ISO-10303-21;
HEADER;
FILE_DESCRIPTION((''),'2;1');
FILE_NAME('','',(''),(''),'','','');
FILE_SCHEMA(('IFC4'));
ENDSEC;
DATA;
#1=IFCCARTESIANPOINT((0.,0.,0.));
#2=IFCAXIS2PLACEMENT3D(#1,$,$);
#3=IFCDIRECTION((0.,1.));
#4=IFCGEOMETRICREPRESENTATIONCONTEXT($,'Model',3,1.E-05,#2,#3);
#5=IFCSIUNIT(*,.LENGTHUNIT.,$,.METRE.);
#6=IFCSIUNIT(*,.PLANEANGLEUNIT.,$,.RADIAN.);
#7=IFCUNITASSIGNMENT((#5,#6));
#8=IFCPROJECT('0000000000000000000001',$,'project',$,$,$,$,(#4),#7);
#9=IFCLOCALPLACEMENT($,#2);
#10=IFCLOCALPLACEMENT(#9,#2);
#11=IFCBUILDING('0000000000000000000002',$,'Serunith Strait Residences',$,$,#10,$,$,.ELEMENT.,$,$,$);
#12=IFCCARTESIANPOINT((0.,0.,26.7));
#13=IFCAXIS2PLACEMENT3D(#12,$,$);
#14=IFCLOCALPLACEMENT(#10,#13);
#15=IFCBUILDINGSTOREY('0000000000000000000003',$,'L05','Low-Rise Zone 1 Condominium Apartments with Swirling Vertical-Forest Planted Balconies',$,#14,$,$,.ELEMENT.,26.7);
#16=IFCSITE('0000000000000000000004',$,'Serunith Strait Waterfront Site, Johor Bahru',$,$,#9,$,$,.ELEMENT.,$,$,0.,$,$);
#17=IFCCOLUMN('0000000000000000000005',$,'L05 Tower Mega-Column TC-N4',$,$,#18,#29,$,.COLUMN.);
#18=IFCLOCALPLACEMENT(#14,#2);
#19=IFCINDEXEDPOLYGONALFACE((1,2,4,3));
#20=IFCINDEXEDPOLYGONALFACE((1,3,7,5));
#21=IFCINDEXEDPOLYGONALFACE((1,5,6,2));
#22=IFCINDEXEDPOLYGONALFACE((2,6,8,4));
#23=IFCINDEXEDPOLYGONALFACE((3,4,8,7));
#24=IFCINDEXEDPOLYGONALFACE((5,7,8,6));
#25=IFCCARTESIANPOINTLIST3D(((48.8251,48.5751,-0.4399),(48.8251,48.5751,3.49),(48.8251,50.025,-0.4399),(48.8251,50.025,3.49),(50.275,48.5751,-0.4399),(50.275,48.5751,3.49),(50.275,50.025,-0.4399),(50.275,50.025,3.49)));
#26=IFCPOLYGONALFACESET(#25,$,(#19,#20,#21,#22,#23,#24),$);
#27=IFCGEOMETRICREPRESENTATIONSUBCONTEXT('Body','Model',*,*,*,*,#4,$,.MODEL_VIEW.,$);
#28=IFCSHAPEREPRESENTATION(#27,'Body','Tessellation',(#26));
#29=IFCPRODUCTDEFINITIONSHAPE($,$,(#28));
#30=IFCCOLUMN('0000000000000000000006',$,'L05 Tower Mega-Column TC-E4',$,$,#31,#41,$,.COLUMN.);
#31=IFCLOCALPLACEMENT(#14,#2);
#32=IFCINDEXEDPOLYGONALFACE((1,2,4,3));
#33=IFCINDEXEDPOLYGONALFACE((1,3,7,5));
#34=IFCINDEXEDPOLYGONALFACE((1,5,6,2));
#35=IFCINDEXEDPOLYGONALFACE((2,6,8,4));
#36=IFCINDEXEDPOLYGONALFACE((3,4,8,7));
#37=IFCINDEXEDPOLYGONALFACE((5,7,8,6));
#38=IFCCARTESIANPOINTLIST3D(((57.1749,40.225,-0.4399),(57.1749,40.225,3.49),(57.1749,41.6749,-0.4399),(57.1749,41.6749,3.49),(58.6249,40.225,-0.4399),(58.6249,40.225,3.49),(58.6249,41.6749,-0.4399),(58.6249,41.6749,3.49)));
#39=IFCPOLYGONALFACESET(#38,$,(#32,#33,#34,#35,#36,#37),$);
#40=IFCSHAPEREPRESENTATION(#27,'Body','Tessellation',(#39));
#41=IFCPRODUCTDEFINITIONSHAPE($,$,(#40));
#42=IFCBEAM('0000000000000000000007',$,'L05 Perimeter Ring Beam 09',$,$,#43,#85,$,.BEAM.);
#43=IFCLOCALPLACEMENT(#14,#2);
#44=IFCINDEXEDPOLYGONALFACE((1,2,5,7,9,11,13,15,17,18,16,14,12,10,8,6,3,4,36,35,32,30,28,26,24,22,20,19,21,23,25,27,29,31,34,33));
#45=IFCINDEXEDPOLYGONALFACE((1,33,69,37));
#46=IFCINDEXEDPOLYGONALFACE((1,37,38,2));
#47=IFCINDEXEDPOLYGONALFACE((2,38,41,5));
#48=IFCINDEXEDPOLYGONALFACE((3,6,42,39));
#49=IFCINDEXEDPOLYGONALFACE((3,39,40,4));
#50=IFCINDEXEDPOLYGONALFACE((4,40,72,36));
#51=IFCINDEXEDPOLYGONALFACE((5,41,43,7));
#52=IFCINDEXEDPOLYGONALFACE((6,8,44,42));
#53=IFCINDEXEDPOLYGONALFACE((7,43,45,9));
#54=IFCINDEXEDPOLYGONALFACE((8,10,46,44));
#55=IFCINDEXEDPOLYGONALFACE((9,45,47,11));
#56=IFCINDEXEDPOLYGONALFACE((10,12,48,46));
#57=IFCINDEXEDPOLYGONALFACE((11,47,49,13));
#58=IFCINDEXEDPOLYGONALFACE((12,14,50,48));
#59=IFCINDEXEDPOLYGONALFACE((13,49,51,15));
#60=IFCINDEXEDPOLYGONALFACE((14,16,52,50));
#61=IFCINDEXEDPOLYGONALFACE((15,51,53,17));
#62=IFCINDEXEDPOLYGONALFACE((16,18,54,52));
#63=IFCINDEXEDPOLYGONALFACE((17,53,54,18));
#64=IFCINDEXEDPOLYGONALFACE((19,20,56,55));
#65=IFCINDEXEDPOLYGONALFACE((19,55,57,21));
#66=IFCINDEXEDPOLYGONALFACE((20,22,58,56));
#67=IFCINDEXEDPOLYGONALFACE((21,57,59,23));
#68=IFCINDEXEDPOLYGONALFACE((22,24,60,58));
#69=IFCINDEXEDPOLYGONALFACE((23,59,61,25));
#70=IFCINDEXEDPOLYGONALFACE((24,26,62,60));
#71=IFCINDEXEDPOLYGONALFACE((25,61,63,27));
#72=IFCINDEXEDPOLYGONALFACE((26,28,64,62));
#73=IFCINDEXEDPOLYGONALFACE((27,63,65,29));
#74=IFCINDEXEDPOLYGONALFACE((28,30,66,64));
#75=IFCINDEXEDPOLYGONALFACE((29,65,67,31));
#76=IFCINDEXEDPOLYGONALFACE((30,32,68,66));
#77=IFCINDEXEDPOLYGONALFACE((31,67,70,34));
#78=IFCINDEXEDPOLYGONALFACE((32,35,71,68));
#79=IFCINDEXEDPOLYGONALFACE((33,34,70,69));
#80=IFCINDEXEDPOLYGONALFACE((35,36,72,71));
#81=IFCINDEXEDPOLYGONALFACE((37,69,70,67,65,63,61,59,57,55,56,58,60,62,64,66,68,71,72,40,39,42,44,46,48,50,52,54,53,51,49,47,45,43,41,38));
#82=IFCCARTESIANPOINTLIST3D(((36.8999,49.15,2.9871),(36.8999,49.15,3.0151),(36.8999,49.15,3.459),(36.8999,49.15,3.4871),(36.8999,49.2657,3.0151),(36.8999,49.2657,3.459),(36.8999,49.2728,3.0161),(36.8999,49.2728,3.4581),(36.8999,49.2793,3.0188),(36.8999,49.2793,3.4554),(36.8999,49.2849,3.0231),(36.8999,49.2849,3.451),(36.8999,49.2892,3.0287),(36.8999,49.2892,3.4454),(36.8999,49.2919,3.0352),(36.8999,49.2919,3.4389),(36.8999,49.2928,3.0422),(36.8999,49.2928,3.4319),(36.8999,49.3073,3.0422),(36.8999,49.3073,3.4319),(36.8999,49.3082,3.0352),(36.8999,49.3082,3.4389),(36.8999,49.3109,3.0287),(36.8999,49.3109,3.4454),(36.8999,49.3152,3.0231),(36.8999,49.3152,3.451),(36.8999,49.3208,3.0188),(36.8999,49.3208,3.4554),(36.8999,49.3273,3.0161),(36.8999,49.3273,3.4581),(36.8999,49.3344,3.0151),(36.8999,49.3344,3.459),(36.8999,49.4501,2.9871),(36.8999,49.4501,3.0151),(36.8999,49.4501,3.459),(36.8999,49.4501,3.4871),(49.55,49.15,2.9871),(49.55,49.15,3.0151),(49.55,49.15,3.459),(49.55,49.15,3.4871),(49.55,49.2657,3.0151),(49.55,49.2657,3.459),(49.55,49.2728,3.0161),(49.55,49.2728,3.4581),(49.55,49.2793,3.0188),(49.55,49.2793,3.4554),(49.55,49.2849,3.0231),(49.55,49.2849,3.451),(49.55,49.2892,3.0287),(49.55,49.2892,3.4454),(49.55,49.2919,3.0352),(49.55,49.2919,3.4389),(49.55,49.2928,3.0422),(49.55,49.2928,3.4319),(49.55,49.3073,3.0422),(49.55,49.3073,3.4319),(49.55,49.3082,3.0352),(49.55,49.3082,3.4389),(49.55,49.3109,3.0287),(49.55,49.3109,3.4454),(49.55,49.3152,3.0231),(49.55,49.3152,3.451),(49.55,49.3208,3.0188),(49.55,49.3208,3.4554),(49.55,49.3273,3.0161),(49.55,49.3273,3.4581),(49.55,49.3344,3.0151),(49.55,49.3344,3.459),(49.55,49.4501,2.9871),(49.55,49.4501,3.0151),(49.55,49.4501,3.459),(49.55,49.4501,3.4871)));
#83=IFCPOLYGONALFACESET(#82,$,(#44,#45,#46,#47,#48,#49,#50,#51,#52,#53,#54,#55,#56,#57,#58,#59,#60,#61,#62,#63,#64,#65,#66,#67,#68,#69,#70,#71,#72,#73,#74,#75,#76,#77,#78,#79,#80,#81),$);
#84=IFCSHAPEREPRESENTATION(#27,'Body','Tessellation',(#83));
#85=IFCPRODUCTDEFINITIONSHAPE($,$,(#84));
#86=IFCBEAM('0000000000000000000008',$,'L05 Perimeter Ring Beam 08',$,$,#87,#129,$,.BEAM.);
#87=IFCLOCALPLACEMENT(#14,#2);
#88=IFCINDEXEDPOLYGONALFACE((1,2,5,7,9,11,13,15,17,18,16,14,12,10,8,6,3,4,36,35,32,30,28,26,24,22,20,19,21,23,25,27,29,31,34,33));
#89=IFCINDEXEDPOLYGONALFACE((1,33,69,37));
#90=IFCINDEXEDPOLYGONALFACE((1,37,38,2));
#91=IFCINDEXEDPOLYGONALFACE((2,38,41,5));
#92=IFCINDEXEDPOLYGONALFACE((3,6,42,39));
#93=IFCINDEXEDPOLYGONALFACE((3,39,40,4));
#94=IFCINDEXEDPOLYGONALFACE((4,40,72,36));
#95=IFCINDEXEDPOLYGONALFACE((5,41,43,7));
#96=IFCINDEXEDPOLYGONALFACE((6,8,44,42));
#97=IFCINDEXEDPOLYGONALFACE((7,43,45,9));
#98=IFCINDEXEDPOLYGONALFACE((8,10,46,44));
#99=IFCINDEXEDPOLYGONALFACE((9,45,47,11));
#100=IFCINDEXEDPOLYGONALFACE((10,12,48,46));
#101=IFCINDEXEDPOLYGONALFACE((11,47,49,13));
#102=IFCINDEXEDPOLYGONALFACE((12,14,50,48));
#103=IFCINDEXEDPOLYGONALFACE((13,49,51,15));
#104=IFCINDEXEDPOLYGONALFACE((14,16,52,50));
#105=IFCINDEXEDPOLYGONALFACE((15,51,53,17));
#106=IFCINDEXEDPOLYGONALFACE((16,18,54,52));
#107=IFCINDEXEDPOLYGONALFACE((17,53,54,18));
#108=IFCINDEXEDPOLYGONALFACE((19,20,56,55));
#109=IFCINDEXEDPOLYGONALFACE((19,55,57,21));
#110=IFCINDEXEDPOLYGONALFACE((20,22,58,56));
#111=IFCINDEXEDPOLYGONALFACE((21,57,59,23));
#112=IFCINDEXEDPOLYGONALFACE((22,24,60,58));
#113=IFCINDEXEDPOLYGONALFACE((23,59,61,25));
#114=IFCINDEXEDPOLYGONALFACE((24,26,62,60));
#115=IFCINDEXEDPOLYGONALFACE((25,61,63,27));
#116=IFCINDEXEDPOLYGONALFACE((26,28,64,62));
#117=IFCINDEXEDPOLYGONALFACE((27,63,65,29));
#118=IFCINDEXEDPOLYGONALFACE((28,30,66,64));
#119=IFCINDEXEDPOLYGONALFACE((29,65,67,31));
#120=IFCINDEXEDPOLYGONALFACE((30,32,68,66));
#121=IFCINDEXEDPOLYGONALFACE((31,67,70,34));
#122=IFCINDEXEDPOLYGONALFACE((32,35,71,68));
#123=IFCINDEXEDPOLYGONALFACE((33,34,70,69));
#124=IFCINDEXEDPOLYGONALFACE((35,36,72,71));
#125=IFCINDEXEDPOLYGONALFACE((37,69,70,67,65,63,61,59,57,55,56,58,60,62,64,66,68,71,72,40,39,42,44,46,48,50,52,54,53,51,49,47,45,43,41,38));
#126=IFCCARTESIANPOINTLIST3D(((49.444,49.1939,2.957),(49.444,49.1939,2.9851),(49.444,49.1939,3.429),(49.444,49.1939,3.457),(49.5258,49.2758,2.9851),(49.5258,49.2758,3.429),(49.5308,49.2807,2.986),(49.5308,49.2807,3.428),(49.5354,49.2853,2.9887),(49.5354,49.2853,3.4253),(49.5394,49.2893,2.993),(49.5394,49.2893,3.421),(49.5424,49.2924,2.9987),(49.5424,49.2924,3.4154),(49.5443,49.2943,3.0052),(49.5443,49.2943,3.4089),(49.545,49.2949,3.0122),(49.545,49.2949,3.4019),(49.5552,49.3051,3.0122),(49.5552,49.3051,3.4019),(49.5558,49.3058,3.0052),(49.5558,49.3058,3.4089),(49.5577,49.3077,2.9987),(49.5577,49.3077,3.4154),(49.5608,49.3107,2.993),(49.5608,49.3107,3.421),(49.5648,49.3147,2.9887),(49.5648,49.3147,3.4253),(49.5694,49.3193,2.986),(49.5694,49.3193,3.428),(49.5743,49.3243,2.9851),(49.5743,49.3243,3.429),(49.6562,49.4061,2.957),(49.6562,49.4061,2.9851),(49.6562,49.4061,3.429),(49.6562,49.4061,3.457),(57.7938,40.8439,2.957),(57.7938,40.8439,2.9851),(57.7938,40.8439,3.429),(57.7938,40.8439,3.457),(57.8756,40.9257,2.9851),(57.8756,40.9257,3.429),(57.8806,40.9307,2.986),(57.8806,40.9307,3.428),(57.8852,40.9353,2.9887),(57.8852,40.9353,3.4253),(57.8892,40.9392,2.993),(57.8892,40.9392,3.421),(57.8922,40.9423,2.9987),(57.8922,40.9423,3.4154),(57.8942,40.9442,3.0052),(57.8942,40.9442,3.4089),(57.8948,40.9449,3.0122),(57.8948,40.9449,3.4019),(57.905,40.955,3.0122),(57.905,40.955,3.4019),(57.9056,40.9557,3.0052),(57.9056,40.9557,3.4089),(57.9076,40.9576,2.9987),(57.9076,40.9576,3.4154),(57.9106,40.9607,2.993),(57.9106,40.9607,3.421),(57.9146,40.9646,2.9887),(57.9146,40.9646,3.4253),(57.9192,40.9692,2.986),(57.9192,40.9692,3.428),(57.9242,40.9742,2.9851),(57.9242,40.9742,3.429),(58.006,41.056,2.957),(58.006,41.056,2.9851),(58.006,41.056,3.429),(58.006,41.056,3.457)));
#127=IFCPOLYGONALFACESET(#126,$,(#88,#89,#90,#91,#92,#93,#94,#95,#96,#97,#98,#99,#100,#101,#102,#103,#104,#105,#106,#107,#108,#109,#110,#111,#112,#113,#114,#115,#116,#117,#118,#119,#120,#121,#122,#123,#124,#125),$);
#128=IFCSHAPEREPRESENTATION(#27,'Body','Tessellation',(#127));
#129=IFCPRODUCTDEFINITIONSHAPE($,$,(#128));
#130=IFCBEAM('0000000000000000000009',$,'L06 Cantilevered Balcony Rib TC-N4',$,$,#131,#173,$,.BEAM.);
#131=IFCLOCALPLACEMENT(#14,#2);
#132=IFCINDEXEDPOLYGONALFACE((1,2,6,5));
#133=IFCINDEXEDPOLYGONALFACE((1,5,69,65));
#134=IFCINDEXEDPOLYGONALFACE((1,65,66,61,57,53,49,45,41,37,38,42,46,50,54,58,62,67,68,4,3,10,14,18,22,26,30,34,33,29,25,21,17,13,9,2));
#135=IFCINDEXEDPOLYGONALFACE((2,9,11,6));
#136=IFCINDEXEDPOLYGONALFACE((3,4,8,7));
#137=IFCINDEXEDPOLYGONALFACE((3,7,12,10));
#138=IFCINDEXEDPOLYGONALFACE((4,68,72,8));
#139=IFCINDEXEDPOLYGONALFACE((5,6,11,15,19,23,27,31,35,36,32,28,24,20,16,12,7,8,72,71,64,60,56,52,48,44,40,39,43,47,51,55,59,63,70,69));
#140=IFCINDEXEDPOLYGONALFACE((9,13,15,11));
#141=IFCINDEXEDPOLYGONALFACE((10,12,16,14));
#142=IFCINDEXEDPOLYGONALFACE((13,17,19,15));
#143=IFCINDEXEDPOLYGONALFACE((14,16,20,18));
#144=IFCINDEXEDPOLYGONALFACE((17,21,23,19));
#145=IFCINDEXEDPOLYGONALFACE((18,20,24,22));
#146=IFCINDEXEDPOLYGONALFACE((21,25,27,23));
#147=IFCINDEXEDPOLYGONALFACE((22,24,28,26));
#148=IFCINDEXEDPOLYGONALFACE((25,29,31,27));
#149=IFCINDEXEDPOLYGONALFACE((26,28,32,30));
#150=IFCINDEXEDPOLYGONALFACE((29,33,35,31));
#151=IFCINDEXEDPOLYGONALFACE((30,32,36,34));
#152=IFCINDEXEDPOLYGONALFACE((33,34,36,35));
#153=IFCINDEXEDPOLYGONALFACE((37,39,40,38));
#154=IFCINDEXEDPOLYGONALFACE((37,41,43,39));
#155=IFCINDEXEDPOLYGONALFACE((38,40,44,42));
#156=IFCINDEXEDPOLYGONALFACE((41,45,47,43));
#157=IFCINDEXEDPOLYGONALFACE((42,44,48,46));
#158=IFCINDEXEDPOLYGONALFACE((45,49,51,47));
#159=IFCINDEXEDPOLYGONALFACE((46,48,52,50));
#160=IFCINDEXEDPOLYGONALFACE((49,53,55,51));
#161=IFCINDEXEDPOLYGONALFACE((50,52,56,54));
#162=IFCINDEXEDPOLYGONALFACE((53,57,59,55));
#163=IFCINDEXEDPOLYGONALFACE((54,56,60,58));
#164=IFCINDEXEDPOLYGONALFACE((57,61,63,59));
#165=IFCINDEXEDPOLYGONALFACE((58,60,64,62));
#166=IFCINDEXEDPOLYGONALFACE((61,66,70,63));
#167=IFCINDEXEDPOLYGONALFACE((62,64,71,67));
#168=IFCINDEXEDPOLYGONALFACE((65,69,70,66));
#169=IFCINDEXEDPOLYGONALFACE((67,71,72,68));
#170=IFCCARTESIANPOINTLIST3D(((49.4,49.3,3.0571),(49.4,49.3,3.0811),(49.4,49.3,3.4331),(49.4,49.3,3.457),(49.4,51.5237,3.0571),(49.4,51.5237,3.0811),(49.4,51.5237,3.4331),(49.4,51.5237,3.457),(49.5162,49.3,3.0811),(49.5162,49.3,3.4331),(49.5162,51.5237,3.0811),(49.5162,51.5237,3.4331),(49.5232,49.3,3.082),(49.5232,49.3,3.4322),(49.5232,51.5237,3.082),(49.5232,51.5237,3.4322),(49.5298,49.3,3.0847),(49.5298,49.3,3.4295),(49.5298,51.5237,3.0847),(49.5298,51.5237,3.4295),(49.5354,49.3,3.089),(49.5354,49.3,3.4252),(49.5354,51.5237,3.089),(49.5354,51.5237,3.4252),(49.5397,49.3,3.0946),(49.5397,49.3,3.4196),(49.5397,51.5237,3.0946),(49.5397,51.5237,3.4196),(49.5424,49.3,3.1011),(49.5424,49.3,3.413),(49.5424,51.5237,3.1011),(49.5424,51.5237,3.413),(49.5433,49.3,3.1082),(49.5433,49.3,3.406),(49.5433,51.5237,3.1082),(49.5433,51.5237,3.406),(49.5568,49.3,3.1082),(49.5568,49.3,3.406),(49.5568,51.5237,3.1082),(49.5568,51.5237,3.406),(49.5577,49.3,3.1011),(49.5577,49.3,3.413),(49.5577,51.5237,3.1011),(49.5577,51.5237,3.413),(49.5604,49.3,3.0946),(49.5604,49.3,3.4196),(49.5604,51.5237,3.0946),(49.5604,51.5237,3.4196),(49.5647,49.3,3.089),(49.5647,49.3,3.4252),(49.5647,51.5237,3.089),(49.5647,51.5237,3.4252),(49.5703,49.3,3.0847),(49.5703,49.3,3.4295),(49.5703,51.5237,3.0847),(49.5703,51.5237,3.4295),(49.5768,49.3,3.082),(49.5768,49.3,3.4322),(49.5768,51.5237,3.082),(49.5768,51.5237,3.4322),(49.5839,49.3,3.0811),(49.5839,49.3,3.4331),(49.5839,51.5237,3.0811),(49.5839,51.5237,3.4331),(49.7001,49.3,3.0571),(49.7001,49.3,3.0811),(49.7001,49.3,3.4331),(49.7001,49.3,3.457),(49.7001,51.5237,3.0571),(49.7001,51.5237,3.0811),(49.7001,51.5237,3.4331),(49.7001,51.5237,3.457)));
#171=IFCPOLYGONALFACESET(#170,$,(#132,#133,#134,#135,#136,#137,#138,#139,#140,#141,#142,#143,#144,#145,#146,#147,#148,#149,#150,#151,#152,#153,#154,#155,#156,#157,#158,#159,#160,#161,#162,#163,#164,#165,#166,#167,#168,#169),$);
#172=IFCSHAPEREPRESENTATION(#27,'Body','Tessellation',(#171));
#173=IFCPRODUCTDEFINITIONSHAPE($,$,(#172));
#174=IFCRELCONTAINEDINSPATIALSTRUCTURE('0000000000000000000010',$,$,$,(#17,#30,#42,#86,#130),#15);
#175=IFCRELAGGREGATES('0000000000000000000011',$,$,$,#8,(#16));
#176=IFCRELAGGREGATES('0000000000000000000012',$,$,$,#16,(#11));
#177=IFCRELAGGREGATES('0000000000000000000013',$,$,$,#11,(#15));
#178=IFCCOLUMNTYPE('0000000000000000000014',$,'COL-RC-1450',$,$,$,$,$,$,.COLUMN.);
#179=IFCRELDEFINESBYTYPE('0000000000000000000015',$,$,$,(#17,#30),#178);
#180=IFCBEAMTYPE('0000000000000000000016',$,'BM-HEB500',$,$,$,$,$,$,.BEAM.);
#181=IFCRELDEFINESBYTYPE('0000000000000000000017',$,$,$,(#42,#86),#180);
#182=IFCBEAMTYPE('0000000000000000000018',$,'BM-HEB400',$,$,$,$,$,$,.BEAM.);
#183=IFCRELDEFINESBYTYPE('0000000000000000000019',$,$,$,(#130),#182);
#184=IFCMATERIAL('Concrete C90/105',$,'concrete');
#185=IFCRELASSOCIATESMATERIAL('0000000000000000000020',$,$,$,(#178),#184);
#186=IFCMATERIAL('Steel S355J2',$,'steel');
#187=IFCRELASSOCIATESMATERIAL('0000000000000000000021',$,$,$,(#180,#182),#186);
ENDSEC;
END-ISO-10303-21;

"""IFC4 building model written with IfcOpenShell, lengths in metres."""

from ifc_helpers import new_model, si_unit, direction, frame, origin, origin_2d, place, context, subcontext, project, spatial, rectangle, i_section, extrude, source, transform, mapped, material, material_profile, profile_set, type_object, element, save


model = new_model("IFC4")

# Units and contexts
model_context = context("Model", 3, precision=1e-05, world=origin(), true_north=direction((0.0, 1.0)))
body_context = subcontext(model_context, "Body", "Model", "MODEL_VIEW")
ifc_project = project(units=[si_unit("LENGTHUNIT", "METRE"), si_unit("PLANEANGLEUNIT", "RADIAN")], contexts=[model_context])

# Site, building, storey
site_placement = place(None, origin())
site = spatial("IfcSite", under=ifc_project, at=site_placement, Name="Serunith Strait Waterfront Site, Johor Bahru", CompositionType="ELEMENT", RefElevation=0.0)
building_placement = place(site_placement, origin())
building = spatial("IfcBuilding", under=site, at=building_placement, Name="Serunith Strait Residences", CompositionType="ELEMENT")
storey_placement = place(building_placement, frame((0.0, 0.0, 26.7)))
storey = spatial("IfcBuildingStorey", under=building, at=storey_placement, Name="L05", Description="Low-Rise Zone 1 Condominium Apartments with Swirling Vertical-Forest Planted Balconies", CompositionType="ELEMENT", Elevation=26.7)

# Columns
ifc_material_1 = material(Name="Concrete C90/105", Category="concrete")
ifc_material_profile_1 = material_profile(ifc_material_1, rectangle(XDim=1.45, YDim=1.45, at=origin_2d()), Name="RC 1450x1450")
ifc_profile_set_1 = profile_set([ifc_material_profile_1], Name="Concrete C90/105")
column_type = type_object("IfcColumnType", Name="COL-RC-1450", PredefinedType="COLUMN", material=ifc_profile_set_1)
shared_shape_1 = source(origin(), body_context, "Body", "SweptSolid", [
    extrude(rectangle(XDim=1.45, YDim=1.45, at=origin_2d()), origin(), (0.0, 0.0, 1.0), 3.9299),
])
for number, where, z_axis, x_axis, name in (
    (1, (49.55, 49.3, -0.4399), (0.0, 0.0, 1.0), (1.0, 0.0, 0.0), "L05 Tower Mega-Column TC-N4"),
    (2, (57.8999, 40.95, -0.4399), (0.0, 0.0, 1.0), (1.0, 0.0, 0.0), "L05 Tower Mega-Column TC-E4"),
):
    element("IfcColumn", number, at=place(storey_placement, frame(where, z_axis=z_axis, x_axis=x_axis)), inside=storey, type_object=column_type, Name=name, PredefinedType="COLUMN", context=body_context, shape_type="MappedRepresentation", body=[
        mapped(shared_shape_1, transform((0.0, 0.0, 0.0), scale=1.0)),
    ])

# Beams
ifc_material_2 = material(Name="Steel S355J2", Category="steel")
ifc_material_profile_2 = material_profile(ifc_material_2, i_section(OverallWidth=0.3, OverallDepth=0.5, WebThickness=0.0144, FlangeThickness=0.0281, FilletRadius=0.0271, at=origin_2d()), Name="HEB 500")
ifc_profile_set_2 = profile_set([ifc_material_profile_2], Name="Steel S355J2")
beam_type_1 = type_object("IfcBeamType", Name="BM-HEB500", PredefinedType="BEAM", material=ifc_profile_set_2)
shared_shape_2 = source(origin(), body_context, "Body", "SweptSolid", [
    extrude(i_section(OverallWidth=0.3, OverallDepth=0.5, WebThickness=0.0144, FlangeThickness=0.0281, FilletRadius=0.0271, at=origin_2d()), origin(), (0.0, 0.0, 1.0), 12.6501),
])
beam_1_placement = place(storey_placement, frame((49.55, 49.3, 3.2371), z_axis=(-1.0, 0.0, 0.0), x_axis=(0.0, -1.0, 0.0)))
element("IfcBeam", 3, at=beam_1_placement, inside=storey, type_object=beam_type_1, Name="L05 Perimeter Ring Beam 09", PredefinedType="BEAM", context=body_context, shape_type="MappedRepresentation", body=[
    mapped(shared_shape_2, transform((0.0, 0.0, 0.0), scale=1.0)),
])
shared_shape_3 = source(origin(), body_context, "Body", "SweptSolid", [
    extrude(i_section(OverallWidth=0.3, OverallDepth=0.5, WebThickness=0.0144, FlangeThickness=0.0281, FilletRadius=0.0271, at=origin_2d()), origin(), (0.0, 0.0, 1.0), 11.8086),
])
beam_2_placement = place(storey_placement, frame((57.8999, 40.95, 3.207), z_axis=(-0.707096, 0.707117, 0.0), x_axis=(-0.707117, -0.707096, 0.0)))
element("IfcBeam", 4, at=beam_2_placement, inside=storey, type_object=beam_type_1, Name="L05 Perimeter Ring Beam 08", PredefinedType="BEAM", context=body_context, shape_type="MappedRepresentation", body=[
    mapped(shared_shape_3, transform((0.0, 0.0, 0.0), scale=1.0)),
])
ifc_material_profile_3 = material_profile(ifc_material_2, i_section(OverallWidth=0.3, OverallDepth=0.3999, WebThickness=0.0134, FlangeThickness=0.0239, FilletRadius=0.0271, at=origin_2d()), Name="HEB 400")
ifc_profile_set_3 = profile_set([ifc_material_profile_3], Name="Steel S355J2")
beam_type_2 = type_object("IfcBeamType", Name="BM-HEB400", PredefinedType="BEAM", material=ifc_profile_set_3)
shared_shape_4 = source(origin(), body_context, "Body", "SweptSolid", [
    extrude(i_section(OverallWidth=0.3, OverallDepth=0.3999, WebThickness=0.0134, FlangeThickness=0.0239, FilletRadius=0.0271, at=origin_2d()), origin(), (0.0, 0.0, 1.0), 2.2236),
])
beam_3_placement = place(storey_placement, frame((49.55, 49.3, 3.2571), z_axis=(0.0, 1.0, 0.0), x_axis=(-1.0, 0.0, 0.0)))
element("IfcBeam", 5, at=beam_3_placement, inside=storey, type_object=beam_type_2, Name="L06 Cantilevered Balcony Rib TC-N4", PredefinedType="BEAM", context=body_context, shape_type="MappedRepresentation", body=[
    mapped(shared_shape_4, transform((0.0, 0.0, 0.0), scale=1.0)),
])

save(model, "model.ifc")
